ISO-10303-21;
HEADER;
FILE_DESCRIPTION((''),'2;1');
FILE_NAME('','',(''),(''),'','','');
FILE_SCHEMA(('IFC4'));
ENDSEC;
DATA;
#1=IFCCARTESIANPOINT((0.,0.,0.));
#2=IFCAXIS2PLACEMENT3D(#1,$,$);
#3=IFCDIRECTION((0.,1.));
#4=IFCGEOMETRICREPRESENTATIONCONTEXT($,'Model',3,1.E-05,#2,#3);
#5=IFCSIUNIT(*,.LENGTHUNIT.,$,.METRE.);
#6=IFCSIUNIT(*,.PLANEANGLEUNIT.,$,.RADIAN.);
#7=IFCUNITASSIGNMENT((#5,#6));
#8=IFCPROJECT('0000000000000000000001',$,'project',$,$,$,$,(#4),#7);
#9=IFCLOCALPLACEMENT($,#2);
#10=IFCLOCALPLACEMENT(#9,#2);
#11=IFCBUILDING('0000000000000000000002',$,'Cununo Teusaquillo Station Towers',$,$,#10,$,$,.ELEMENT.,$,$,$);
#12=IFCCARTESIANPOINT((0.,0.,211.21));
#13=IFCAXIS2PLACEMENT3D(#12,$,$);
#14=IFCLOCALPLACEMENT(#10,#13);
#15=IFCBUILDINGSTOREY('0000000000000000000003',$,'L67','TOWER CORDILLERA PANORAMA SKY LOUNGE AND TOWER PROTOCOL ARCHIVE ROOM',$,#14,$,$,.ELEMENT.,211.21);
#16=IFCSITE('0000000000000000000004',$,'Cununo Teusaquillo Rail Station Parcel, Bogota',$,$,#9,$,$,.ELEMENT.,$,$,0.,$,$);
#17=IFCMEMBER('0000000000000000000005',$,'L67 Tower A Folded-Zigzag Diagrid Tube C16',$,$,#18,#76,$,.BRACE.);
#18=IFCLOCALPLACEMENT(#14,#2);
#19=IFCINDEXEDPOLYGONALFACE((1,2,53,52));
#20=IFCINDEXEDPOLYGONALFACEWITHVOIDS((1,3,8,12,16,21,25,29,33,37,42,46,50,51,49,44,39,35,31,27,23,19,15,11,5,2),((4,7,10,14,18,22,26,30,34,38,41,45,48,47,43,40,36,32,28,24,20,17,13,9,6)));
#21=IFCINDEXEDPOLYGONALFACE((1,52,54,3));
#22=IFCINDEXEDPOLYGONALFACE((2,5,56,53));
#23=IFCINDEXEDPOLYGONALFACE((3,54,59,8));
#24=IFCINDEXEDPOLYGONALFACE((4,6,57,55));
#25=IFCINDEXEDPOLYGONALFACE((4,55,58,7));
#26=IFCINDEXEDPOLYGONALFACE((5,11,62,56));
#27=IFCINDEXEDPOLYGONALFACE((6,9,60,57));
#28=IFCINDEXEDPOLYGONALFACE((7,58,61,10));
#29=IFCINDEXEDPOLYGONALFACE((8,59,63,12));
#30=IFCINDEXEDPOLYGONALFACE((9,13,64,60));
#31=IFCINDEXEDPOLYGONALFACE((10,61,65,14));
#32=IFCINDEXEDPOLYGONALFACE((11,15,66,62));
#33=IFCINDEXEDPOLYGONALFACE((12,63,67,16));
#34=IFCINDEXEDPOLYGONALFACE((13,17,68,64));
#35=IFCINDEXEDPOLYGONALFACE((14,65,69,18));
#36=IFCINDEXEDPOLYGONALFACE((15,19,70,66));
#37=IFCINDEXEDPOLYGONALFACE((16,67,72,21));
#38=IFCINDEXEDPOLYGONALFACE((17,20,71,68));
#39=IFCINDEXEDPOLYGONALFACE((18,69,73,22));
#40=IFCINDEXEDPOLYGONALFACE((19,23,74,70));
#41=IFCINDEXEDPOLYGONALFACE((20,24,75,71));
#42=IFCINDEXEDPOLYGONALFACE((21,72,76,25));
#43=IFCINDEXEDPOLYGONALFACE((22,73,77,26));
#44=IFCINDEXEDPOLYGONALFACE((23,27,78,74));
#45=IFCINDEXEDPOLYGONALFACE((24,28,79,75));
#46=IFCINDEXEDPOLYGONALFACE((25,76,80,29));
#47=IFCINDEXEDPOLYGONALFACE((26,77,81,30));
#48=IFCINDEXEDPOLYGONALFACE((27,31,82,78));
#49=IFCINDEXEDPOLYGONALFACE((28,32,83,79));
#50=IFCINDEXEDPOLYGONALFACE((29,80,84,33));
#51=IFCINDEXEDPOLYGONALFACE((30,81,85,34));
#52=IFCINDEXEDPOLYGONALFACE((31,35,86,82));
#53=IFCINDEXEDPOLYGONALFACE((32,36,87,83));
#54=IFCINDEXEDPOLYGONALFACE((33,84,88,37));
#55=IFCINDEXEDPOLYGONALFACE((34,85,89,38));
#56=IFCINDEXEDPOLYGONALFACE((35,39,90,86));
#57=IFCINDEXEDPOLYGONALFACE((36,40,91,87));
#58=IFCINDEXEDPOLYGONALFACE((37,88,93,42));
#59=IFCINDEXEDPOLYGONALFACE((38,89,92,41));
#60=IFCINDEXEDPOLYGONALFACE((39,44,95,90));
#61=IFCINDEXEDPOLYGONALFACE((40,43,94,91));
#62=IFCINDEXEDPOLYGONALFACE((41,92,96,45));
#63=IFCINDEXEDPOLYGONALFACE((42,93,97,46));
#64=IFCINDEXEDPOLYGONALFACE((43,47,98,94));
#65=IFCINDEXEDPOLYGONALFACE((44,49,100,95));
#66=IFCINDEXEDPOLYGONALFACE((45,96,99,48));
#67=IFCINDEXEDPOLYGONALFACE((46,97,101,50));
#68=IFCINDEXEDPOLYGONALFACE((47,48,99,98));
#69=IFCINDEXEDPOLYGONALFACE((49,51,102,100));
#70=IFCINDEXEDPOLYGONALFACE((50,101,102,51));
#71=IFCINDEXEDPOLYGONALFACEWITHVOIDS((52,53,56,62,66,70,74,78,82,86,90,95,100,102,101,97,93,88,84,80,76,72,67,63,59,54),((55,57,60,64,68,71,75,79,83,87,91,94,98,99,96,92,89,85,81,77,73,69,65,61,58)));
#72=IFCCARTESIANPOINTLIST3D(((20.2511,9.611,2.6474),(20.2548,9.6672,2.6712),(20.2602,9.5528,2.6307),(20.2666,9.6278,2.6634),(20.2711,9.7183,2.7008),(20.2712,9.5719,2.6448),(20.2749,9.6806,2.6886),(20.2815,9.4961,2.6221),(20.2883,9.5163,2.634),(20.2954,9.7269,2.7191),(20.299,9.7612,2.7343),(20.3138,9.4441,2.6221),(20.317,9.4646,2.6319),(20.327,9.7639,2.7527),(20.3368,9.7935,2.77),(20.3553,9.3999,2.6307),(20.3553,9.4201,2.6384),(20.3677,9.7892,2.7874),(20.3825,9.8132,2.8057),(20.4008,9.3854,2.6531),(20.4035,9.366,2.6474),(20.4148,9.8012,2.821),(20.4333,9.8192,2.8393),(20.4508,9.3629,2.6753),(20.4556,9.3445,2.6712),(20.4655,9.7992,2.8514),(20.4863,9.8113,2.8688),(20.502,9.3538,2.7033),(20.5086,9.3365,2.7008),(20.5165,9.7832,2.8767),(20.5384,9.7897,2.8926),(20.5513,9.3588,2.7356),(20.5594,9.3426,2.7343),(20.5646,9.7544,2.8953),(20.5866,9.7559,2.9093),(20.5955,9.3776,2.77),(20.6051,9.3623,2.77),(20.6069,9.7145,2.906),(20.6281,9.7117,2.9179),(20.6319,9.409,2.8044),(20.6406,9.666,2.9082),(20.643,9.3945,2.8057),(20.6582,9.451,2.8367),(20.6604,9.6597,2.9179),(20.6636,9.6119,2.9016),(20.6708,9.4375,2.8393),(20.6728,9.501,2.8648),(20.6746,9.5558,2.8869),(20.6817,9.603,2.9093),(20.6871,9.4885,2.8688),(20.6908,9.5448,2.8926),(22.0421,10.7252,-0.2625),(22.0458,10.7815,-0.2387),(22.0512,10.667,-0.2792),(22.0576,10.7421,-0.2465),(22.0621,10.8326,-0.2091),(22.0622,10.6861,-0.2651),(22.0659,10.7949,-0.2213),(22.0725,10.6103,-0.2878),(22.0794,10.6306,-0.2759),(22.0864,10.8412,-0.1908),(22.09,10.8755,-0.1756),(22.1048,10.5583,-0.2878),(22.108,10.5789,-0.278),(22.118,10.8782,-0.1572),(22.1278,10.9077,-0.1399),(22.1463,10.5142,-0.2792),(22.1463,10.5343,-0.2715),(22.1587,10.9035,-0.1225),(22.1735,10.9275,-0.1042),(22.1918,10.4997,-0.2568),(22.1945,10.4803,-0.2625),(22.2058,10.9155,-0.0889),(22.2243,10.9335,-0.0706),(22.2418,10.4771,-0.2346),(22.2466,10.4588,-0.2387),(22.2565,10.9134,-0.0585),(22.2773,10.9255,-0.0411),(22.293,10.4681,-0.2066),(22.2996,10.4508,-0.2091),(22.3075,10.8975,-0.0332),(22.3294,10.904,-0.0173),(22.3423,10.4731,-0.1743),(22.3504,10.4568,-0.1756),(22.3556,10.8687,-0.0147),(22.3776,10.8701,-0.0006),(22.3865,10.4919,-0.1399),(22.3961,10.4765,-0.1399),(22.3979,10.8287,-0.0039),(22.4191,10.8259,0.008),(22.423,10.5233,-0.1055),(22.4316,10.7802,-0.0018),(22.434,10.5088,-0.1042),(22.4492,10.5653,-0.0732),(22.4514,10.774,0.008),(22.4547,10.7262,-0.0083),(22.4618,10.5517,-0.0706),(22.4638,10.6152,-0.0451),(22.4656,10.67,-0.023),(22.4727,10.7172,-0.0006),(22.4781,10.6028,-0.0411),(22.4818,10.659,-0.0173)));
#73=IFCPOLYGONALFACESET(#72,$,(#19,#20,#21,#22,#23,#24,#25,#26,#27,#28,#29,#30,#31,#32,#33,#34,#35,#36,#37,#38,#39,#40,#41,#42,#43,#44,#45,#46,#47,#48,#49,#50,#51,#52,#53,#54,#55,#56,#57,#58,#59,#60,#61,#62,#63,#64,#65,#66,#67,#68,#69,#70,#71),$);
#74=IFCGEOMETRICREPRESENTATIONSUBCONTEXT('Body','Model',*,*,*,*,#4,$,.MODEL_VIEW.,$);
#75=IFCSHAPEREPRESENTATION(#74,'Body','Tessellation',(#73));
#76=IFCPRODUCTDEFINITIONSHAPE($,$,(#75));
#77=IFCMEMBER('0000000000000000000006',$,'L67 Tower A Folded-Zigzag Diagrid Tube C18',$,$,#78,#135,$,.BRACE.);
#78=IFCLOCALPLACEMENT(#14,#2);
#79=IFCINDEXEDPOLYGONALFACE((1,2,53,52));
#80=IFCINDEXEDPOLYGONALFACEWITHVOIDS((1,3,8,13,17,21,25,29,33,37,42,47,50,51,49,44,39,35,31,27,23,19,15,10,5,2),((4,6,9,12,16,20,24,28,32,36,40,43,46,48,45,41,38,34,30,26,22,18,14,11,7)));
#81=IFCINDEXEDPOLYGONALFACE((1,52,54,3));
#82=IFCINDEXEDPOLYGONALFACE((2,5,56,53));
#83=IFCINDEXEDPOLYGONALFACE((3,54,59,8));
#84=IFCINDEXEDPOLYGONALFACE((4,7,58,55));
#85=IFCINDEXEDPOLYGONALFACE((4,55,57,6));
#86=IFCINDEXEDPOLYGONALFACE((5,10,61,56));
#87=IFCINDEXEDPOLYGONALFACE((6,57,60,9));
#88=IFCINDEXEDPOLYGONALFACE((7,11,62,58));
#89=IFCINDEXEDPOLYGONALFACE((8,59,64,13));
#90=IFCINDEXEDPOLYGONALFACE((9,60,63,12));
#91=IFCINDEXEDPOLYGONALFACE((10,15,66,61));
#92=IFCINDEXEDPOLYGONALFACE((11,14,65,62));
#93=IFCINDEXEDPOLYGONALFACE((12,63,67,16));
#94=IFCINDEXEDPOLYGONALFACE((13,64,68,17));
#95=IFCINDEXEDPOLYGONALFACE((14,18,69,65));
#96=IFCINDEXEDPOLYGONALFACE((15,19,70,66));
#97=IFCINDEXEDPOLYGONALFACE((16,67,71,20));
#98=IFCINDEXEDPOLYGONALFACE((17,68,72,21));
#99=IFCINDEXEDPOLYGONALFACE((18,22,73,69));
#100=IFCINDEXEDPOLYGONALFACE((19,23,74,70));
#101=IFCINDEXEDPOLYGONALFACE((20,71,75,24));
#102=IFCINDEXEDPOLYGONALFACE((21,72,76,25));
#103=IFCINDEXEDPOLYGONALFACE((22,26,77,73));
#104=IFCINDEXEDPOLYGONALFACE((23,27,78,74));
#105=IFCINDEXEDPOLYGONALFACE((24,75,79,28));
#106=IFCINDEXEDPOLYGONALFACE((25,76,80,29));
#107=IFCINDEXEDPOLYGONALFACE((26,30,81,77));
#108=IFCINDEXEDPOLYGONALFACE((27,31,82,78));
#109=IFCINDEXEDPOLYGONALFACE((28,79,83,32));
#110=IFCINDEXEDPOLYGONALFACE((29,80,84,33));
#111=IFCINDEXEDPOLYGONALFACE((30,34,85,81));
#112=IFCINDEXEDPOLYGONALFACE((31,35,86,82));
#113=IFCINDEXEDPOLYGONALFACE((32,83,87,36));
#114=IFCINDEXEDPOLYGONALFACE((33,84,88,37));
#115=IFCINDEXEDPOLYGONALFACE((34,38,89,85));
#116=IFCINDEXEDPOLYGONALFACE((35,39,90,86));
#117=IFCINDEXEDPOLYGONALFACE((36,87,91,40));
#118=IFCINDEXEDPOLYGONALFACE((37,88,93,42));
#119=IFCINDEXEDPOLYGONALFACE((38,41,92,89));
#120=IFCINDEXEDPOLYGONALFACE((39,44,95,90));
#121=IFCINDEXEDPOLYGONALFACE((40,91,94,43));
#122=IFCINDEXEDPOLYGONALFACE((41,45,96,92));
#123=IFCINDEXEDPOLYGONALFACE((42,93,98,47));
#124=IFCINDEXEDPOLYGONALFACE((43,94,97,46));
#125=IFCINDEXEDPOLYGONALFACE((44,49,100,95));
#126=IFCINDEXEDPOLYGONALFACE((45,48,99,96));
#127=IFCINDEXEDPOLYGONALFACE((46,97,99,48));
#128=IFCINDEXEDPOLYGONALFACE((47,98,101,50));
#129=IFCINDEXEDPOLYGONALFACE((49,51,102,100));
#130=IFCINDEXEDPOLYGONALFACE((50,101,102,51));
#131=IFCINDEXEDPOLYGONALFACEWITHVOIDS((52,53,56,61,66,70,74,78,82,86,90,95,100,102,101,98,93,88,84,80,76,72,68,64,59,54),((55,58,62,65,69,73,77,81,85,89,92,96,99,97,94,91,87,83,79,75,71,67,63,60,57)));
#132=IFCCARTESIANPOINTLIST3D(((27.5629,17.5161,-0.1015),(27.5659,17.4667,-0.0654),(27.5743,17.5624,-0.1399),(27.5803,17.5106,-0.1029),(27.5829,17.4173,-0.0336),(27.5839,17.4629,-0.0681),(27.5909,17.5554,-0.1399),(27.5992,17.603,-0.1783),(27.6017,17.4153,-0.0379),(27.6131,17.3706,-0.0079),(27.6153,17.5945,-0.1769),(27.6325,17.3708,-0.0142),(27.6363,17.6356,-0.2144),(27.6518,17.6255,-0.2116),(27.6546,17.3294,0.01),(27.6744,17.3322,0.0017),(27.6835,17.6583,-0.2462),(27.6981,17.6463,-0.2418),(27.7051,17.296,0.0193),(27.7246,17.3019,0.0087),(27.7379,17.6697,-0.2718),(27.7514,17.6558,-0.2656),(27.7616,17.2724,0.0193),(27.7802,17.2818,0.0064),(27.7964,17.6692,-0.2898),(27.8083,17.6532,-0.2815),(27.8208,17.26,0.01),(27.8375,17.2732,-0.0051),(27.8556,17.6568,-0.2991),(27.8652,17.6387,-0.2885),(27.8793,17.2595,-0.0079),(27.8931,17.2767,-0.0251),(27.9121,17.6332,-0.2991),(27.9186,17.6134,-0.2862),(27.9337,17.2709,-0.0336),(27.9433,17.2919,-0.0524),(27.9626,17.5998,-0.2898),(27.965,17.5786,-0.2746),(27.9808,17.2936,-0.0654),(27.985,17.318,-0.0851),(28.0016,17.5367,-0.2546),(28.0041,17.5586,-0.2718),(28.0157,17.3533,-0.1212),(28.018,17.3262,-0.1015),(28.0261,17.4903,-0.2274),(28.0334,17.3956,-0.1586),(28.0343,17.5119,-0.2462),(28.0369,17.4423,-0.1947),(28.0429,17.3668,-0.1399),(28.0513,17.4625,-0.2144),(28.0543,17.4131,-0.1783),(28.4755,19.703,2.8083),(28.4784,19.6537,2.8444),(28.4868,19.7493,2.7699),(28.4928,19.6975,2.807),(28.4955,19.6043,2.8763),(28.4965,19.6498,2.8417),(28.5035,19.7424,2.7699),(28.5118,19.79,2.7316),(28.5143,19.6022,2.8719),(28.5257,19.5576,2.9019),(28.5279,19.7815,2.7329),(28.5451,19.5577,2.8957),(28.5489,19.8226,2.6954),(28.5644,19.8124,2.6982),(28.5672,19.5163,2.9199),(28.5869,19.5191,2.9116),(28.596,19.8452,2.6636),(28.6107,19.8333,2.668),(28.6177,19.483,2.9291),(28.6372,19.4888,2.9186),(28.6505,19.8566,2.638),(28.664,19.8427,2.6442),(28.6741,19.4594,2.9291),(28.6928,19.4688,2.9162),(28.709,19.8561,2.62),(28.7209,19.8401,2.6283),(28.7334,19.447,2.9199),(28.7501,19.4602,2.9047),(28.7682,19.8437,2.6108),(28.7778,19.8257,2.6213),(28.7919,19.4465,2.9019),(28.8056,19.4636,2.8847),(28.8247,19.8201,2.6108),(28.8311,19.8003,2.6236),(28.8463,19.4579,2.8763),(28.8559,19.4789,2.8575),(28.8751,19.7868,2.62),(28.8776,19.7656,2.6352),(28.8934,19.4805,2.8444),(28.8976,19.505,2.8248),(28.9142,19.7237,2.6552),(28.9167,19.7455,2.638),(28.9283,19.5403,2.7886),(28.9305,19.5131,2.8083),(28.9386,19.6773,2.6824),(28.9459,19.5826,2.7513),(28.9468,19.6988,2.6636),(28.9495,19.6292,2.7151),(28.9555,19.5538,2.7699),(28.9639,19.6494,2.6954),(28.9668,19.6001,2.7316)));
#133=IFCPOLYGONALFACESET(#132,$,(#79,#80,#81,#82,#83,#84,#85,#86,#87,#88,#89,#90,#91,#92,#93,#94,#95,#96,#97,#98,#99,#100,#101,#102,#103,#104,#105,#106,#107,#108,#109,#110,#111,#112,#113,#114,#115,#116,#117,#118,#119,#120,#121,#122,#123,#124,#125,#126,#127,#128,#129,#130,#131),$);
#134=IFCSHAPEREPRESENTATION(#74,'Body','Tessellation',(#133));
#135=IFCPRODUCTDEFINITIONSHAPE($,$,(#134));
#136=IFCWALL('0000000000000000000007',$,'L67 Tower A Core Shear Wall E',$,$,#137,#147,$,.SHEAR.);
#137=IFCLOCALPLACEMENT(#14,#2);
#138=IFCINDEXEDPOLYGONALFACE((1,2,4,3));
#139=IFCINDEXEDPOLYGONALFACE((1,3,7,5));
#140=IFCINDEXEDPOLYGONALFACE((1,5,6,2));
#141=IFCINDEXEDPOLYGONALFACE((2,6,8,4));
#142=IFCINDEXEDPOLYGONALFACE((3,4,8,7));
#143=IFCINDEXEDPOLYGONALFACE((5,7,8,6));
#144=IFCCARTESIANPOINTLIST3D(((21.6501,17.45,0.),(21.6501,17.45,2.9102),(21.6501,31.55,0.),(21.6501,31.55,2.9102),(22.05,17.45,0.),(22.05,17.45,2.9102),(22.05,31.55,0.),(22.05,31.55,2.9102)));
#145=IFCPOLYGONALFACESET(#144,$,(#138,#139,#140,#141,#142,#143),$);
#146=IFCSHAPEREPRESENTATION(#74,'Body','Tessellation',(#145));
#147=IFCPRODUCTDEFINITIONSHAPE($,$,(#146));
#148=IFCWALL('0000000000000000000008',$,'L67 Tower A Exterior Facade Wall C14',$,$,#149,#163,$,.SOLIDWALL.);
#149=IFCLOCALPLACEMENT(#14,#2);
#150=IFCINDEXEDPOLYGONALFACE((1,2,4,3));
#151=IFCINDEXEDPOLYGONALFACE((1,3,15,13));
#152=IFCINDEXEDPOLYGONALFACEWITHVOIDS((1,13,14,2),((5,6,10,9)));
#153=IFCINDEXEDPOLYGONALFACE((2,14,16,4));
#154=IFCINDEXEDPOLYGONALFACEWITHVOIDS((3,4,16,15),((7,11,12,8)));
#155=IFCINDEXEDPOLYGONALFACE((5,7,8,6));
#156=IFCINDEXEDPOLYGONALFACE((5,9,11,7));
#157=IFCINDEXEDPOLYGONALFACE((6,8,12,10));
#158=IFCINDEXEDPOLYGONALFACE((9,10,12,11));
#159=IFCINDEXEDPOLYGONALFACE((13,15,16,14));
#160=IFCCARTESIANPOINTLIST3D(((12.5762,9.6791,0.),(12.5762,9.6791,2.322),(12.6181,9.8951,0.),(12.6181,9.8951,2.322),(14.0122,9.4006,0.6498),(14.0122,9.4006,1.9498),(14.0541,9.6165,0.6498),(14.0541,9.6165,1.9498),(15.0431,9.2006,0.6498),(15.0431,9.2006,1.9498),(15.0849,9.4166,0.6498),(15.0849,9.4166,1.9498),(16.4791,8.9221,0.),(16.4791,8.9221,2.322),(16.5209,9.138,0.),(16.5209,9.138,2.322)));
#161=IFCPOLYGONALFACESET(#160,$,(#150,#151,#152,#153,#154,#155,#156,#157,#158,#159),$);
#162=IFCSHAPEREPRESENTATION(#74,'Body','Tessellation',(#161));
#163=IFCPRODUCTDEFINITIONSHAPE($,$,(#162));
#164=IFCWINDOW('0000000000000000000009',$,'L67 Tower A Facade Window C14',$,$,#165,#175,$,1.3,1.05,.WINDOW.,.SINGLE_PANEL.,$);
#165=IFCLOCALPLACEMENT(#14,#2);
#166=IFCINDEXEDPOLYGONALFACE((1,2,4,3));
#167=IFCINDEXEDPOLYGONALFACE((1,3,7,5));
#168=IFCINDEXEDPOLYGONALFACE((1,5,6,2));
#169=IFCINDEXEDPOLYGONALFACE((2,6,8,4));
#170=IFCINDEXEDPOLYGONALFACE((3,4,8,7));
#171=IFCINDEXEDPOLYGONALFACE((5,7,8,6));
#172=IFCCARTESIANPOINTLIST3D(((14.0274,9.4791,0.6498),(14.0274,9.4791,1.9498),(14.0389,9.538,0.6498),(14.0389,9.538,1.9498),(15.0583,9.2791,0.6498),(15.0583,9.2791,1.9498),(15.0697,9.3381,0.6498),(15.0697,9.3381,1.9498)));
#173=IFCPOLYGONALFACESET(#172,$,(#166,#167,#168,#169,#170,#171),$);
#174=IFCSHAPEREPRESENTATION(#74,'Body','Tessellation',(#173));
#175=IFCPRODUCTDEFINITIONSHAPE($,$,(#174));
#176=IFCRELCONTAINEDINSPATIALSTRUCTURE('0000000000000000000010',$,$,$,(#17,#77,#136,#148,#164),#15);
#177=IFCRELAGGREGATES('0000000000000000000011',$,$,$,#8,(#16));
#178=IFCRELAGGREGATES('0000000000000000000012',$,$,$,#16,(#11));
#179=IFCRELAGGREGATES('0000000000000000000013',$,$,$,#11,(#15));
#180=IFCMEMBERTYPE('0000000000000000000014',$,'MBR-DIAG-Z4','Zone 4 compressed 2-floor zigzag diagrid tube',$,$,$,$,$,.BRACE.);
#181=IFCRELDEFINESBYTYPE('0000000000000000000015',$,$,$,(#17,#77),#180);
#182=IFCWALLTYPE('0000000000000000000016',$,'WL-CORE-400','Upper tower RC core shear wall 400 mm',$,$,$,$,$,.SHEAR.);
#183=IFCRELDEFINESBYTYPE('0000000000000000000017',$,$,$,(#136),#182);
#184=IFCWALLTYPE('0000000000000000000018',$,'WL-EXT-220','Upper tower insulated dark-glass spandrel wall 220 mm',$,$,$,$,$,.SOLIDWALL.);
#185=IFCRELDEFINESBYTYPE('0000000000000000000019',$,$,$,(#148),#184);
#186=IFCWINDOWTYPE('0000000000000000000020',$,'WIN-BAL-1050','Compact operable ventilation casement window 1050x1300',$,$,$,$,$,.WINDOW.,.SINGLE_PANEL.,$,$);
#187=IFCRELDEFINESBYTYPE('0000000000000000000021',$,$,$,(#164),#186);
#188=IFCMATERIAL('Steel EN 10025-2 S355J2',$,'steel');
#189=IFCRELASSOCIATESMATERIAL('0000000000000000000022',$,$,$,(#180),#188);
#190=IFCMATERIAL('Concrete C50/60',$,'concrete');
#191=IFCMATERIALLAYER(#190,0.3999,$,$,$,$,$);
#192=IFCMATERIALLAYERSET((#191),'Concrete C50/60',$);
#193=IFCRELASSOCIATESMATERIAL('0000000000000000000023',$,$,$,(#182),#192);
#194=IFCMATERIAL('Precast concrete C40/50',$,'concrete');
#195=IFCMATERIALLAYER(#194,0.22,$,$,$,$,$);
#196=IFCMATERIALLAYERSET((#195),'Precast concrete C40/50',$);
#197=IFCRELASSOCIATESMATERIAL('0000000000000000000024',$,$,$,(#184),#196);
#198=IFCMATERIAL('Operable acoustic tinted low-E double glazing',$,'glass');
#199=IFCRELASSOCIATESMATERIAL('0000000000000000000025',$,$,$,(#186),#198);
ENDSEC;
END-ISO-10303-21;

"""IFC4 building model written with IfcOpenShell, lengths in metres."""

from ifc_helpers import new_model, si_unit, direction, frame, frame_2d, origin, origin_2d, place, context, subcontext, project, spatial, rectangle, hollow_circle, extrude, source, transform, mapped, material, layer, layer_set, material_profile, profile_set, type_object, element, fill, save


model = new_model("IFC4")

# Units and contexts
model_context = context("Model", 3, precision=1e-05, world=origin(), true_north=direction((0.0, 1.0)))
body_context = subcontext(model_context, "Body", "Model", "MODEL_VIEW")
ifc_project = project(units=[si_unit("LENGTHUNIT", "METRE"), si_unit("PLANEANGLEUNIT", "RADIAN")], contexts=[model_context])

# Site, building, storey
site_placement = place(None, origin())
site = spatial("IfcSite", under=ifc_project, at=site_placement, Name="Cununo Teusaquillo Rail Station Parcel, Bogota", CompositionType="ELEMENT", RefElevation=0.0)
building_placement = place(site_placement, origin())
building = spatial("IfcBuilding", under=site, at=building_placement, Name="Cununo Teusaquillo Station Towers", CompositionType="ELEMENT")
storey_placement = place(building_placement, frame((0.0, 0.0, 211.21)))
storey = spatial("IfcBuildingStorey", under=building, at=storey_placement, Name="L67", Description="TOWER CORDILLERA PANORAMA SKY LOUNGE AND TOWER PROTOCOL ARCHIVE ROOM", CompositionType="ELEMENT", Elevation=211.21)

# Members
ifc_material_1 = material(Name="Steel EN 10025-2 S355J2", Category="steel")
ifc_material_profile_1 = material_profile(ifc_material_1, hollow_circle(Radius=0.2539, WallThickness=0.0181, at=origin_2d()), Name="CHS 508x18")
ifc_profile_set_1 = profile_set([ifc_material_profile_1], Name="Steel EN 10025-2 S355J2")
member_type = type_object("IfcMemberType", Name="MBR-DIAG-Z4", Description="Zone 4 compressed 2-floor zigzag diagrid tube", PredefinedType="BRACE", material=ifc_profile_set_1)
member_1_placement = place(storey_placement, frame((22.262, 10.6921, -0.1399), z_axis=(-0.498334, -0.310032, 0.809656), x_axis=(0.52825, -0.849089, 0.0)))
element("IfcMember", 1, at=member_1_placement, inside=storey, type_object=member_type, Name="L67 Tower A Folded-Zigzag Diagrid Tube C16", PredefinedType="BRACE", context=body_context, shape_type="SweptSolid", body=[
    extrude(hollow_circle(Radius=0.2539, WallThickness=0.0181, at=origin_2d()), origin(), (0.0, 0.0, 1.0), 3.594),
])
member_2_placement = place(storey_placement, frame((27.8086, 17.4646, -0.1399), z_axis=(0.243178, 0.582769, 0.775399), x_axis=(-0.922876, 0.385098, 0.0)))
element("IfcMember", 2, at=member_2_placement, inside=storey, type_object=member_type, Name="L67 Tower A Folded-Zigzag Diagrid Tube C18", PredefinedType="BRACE", context=body_context, shape_type="SweptSolid", body=[
    extrude(hollow_circle(Radius=0.2539, WallThickness=0.0181, at=origin_2d()), origin(), (0.0, 0.0, 1.0), 3.7527),
])

# Wall
ifc_material_2 = material(Name="Concrete C50/60", Category="concrete")
ifc_layer_1 = layer(ifc_material_2, 0.3999)
ifc_layer_set_1 = layer_set([ifc_layer_1], Name="Concrete C50/60")
wall_type_1 = type_object("IfcWallType", Name="WL-CORE-400", Description="Upper tower RC core shear wall 400 mm", PredefinedType="SHEAR", material=ifc_layer_set_1)
wall_1_placement = place(storey_placement, frame((21.8501, 17.45, 0.0), z_axis=(0.0, 0.0, 1.0), x_axis=(0.0, 1.0, 0.0)))
element("IfcWall", 3, at=wall_1_placement, inside=storey, type_object=wall_type_1, Name="L67 Tower A Core Shear Wall E", PredefinedType="SHEAR", context=body_context, shape_type="SweptSolid", body=[
    extrude(rectangle(XDim=14.1001, YDim=0.3999, at=frame_2d((7.05, 0.0))), origin(), (0.0, 0.0, 1.0), 2.9102),
])

# Wall, opening, window
ifc_material_3 = material(Name="Precast concrete C40/50", Category="concrete")
ifc_layer_2 = layer(ifc_material_3, 0.22)
ifc_layer_set_2 = layer_set([ifc_layer_2], Name="Precast concrete C40/50")
wall_type_2 = type_object("IfcWallType", Name="WL-EXT-220", Description="Upper tower insulated dark-glass spandrel wall 220 mm", PredefinedType="SOLIDWALL", material=ifc_layer_set_2)
wall_2_placement = place(storey_placement, frame((16.5, 9.03, 0.0), z_axis=(0.0, 0.0, 1.0), x_axis=(-0.9817, 0.190432, 0.0)))
wall_2 = element("IfcWall", 4, at=wall_2_placement, inside=storey, type_object=wall_type_2, Name="L67 Tower A Exterior Facade Wall C14", PredefinedType="SOLIDWALL", context=body_context, shape_type="SweptSolid", body=[
    extrude(rectangle(XDim=3.9756, YDim=0.22, at=frame_2d((1.9878, 0.0))), origin(), (0.0, 0.0, 1.0), 2.322),
])
shared_shape_1 = source(origin(), body_context, "Body", "SweptSolid", [
    extrude(rectangle(XDim=1.05, YDim=1.3, at=frame_2d((0.5249, 0.6499))), frame((0.0, 0.1199, 0.0), z_axis=(0.0, -1.0, 0.0), x_axis=(1.0, 0.0, 0.0)), (0.0, 0.0, 1.0), 0.24),
])
opening_1_placement = place(wall_2_placement, frame((1.4629, 0.0, 0.6499)))
opening_1 = element("IfcOpeningElement", 5, at=opening_1_placement, cuts=wall_2, PredefinedType="OPENING", context=body_context, shape_type="MappedRepresentation", body=[
    mapped(shared_shape_1, transform((0.0, 0.0, 0.0), x_axis=(1.0, 0.0, 0.0), y_axis=(0.0, 1.0, 0.0), z_axis=(0.0, 0.0, 1.0), scale=1.0)),
])
ifc_material_4 = material(Name="Operable acoustic tinted low-E double glazing", Category="glass")
window_type = type_object("IfcWindowType", Name="WIN-BAL-1050", Description="Compact operable ventilation casement window 1050x1300", PartitioningType="SINGLE_PANEL", PredefinedType="WINDOW", material=ifc_material_4)
shared_shape_2 = source(origin(), body_context, "Body", "SweptSolid", [
    extrude(rectangle(XDim=1.05, YDim=1.3, at=frame_2d((0.5249, 0.6499))), frame((0.0, 0.03, 0.0), z_axis=(0.0, -1.0, 0.0), x_axis=(1.0, 0.0, 0.0)), (0.0, 0.0, 1.0), 0.0601),
])
window_1_placement = place(opening_1_placement, origin())
window_1 = element("IfcWindow", 6, at=window_1_placement, inside=storey, type_object=window_type, Name="L67 Tower A Facade Window C14", OverallHeight=1.3, OverallWidth=1.05, PartitioningType="SINGLE_PANEL", PredefinedType="WINDOW", context=body_context, shape_type="MappedRepresentation", body=[
    mapped(shared_shape_2, transform((0.0, 0.0, 0.0), x_axis=(1.0, 0.0, 0.0), y_axis=(0.0, 1.0, 0.0), z_axis=(0.0, 0.0, 1.0), scale=1.0)),
])
fill(opening_1, window_1)

save(model, "model.ifc")
